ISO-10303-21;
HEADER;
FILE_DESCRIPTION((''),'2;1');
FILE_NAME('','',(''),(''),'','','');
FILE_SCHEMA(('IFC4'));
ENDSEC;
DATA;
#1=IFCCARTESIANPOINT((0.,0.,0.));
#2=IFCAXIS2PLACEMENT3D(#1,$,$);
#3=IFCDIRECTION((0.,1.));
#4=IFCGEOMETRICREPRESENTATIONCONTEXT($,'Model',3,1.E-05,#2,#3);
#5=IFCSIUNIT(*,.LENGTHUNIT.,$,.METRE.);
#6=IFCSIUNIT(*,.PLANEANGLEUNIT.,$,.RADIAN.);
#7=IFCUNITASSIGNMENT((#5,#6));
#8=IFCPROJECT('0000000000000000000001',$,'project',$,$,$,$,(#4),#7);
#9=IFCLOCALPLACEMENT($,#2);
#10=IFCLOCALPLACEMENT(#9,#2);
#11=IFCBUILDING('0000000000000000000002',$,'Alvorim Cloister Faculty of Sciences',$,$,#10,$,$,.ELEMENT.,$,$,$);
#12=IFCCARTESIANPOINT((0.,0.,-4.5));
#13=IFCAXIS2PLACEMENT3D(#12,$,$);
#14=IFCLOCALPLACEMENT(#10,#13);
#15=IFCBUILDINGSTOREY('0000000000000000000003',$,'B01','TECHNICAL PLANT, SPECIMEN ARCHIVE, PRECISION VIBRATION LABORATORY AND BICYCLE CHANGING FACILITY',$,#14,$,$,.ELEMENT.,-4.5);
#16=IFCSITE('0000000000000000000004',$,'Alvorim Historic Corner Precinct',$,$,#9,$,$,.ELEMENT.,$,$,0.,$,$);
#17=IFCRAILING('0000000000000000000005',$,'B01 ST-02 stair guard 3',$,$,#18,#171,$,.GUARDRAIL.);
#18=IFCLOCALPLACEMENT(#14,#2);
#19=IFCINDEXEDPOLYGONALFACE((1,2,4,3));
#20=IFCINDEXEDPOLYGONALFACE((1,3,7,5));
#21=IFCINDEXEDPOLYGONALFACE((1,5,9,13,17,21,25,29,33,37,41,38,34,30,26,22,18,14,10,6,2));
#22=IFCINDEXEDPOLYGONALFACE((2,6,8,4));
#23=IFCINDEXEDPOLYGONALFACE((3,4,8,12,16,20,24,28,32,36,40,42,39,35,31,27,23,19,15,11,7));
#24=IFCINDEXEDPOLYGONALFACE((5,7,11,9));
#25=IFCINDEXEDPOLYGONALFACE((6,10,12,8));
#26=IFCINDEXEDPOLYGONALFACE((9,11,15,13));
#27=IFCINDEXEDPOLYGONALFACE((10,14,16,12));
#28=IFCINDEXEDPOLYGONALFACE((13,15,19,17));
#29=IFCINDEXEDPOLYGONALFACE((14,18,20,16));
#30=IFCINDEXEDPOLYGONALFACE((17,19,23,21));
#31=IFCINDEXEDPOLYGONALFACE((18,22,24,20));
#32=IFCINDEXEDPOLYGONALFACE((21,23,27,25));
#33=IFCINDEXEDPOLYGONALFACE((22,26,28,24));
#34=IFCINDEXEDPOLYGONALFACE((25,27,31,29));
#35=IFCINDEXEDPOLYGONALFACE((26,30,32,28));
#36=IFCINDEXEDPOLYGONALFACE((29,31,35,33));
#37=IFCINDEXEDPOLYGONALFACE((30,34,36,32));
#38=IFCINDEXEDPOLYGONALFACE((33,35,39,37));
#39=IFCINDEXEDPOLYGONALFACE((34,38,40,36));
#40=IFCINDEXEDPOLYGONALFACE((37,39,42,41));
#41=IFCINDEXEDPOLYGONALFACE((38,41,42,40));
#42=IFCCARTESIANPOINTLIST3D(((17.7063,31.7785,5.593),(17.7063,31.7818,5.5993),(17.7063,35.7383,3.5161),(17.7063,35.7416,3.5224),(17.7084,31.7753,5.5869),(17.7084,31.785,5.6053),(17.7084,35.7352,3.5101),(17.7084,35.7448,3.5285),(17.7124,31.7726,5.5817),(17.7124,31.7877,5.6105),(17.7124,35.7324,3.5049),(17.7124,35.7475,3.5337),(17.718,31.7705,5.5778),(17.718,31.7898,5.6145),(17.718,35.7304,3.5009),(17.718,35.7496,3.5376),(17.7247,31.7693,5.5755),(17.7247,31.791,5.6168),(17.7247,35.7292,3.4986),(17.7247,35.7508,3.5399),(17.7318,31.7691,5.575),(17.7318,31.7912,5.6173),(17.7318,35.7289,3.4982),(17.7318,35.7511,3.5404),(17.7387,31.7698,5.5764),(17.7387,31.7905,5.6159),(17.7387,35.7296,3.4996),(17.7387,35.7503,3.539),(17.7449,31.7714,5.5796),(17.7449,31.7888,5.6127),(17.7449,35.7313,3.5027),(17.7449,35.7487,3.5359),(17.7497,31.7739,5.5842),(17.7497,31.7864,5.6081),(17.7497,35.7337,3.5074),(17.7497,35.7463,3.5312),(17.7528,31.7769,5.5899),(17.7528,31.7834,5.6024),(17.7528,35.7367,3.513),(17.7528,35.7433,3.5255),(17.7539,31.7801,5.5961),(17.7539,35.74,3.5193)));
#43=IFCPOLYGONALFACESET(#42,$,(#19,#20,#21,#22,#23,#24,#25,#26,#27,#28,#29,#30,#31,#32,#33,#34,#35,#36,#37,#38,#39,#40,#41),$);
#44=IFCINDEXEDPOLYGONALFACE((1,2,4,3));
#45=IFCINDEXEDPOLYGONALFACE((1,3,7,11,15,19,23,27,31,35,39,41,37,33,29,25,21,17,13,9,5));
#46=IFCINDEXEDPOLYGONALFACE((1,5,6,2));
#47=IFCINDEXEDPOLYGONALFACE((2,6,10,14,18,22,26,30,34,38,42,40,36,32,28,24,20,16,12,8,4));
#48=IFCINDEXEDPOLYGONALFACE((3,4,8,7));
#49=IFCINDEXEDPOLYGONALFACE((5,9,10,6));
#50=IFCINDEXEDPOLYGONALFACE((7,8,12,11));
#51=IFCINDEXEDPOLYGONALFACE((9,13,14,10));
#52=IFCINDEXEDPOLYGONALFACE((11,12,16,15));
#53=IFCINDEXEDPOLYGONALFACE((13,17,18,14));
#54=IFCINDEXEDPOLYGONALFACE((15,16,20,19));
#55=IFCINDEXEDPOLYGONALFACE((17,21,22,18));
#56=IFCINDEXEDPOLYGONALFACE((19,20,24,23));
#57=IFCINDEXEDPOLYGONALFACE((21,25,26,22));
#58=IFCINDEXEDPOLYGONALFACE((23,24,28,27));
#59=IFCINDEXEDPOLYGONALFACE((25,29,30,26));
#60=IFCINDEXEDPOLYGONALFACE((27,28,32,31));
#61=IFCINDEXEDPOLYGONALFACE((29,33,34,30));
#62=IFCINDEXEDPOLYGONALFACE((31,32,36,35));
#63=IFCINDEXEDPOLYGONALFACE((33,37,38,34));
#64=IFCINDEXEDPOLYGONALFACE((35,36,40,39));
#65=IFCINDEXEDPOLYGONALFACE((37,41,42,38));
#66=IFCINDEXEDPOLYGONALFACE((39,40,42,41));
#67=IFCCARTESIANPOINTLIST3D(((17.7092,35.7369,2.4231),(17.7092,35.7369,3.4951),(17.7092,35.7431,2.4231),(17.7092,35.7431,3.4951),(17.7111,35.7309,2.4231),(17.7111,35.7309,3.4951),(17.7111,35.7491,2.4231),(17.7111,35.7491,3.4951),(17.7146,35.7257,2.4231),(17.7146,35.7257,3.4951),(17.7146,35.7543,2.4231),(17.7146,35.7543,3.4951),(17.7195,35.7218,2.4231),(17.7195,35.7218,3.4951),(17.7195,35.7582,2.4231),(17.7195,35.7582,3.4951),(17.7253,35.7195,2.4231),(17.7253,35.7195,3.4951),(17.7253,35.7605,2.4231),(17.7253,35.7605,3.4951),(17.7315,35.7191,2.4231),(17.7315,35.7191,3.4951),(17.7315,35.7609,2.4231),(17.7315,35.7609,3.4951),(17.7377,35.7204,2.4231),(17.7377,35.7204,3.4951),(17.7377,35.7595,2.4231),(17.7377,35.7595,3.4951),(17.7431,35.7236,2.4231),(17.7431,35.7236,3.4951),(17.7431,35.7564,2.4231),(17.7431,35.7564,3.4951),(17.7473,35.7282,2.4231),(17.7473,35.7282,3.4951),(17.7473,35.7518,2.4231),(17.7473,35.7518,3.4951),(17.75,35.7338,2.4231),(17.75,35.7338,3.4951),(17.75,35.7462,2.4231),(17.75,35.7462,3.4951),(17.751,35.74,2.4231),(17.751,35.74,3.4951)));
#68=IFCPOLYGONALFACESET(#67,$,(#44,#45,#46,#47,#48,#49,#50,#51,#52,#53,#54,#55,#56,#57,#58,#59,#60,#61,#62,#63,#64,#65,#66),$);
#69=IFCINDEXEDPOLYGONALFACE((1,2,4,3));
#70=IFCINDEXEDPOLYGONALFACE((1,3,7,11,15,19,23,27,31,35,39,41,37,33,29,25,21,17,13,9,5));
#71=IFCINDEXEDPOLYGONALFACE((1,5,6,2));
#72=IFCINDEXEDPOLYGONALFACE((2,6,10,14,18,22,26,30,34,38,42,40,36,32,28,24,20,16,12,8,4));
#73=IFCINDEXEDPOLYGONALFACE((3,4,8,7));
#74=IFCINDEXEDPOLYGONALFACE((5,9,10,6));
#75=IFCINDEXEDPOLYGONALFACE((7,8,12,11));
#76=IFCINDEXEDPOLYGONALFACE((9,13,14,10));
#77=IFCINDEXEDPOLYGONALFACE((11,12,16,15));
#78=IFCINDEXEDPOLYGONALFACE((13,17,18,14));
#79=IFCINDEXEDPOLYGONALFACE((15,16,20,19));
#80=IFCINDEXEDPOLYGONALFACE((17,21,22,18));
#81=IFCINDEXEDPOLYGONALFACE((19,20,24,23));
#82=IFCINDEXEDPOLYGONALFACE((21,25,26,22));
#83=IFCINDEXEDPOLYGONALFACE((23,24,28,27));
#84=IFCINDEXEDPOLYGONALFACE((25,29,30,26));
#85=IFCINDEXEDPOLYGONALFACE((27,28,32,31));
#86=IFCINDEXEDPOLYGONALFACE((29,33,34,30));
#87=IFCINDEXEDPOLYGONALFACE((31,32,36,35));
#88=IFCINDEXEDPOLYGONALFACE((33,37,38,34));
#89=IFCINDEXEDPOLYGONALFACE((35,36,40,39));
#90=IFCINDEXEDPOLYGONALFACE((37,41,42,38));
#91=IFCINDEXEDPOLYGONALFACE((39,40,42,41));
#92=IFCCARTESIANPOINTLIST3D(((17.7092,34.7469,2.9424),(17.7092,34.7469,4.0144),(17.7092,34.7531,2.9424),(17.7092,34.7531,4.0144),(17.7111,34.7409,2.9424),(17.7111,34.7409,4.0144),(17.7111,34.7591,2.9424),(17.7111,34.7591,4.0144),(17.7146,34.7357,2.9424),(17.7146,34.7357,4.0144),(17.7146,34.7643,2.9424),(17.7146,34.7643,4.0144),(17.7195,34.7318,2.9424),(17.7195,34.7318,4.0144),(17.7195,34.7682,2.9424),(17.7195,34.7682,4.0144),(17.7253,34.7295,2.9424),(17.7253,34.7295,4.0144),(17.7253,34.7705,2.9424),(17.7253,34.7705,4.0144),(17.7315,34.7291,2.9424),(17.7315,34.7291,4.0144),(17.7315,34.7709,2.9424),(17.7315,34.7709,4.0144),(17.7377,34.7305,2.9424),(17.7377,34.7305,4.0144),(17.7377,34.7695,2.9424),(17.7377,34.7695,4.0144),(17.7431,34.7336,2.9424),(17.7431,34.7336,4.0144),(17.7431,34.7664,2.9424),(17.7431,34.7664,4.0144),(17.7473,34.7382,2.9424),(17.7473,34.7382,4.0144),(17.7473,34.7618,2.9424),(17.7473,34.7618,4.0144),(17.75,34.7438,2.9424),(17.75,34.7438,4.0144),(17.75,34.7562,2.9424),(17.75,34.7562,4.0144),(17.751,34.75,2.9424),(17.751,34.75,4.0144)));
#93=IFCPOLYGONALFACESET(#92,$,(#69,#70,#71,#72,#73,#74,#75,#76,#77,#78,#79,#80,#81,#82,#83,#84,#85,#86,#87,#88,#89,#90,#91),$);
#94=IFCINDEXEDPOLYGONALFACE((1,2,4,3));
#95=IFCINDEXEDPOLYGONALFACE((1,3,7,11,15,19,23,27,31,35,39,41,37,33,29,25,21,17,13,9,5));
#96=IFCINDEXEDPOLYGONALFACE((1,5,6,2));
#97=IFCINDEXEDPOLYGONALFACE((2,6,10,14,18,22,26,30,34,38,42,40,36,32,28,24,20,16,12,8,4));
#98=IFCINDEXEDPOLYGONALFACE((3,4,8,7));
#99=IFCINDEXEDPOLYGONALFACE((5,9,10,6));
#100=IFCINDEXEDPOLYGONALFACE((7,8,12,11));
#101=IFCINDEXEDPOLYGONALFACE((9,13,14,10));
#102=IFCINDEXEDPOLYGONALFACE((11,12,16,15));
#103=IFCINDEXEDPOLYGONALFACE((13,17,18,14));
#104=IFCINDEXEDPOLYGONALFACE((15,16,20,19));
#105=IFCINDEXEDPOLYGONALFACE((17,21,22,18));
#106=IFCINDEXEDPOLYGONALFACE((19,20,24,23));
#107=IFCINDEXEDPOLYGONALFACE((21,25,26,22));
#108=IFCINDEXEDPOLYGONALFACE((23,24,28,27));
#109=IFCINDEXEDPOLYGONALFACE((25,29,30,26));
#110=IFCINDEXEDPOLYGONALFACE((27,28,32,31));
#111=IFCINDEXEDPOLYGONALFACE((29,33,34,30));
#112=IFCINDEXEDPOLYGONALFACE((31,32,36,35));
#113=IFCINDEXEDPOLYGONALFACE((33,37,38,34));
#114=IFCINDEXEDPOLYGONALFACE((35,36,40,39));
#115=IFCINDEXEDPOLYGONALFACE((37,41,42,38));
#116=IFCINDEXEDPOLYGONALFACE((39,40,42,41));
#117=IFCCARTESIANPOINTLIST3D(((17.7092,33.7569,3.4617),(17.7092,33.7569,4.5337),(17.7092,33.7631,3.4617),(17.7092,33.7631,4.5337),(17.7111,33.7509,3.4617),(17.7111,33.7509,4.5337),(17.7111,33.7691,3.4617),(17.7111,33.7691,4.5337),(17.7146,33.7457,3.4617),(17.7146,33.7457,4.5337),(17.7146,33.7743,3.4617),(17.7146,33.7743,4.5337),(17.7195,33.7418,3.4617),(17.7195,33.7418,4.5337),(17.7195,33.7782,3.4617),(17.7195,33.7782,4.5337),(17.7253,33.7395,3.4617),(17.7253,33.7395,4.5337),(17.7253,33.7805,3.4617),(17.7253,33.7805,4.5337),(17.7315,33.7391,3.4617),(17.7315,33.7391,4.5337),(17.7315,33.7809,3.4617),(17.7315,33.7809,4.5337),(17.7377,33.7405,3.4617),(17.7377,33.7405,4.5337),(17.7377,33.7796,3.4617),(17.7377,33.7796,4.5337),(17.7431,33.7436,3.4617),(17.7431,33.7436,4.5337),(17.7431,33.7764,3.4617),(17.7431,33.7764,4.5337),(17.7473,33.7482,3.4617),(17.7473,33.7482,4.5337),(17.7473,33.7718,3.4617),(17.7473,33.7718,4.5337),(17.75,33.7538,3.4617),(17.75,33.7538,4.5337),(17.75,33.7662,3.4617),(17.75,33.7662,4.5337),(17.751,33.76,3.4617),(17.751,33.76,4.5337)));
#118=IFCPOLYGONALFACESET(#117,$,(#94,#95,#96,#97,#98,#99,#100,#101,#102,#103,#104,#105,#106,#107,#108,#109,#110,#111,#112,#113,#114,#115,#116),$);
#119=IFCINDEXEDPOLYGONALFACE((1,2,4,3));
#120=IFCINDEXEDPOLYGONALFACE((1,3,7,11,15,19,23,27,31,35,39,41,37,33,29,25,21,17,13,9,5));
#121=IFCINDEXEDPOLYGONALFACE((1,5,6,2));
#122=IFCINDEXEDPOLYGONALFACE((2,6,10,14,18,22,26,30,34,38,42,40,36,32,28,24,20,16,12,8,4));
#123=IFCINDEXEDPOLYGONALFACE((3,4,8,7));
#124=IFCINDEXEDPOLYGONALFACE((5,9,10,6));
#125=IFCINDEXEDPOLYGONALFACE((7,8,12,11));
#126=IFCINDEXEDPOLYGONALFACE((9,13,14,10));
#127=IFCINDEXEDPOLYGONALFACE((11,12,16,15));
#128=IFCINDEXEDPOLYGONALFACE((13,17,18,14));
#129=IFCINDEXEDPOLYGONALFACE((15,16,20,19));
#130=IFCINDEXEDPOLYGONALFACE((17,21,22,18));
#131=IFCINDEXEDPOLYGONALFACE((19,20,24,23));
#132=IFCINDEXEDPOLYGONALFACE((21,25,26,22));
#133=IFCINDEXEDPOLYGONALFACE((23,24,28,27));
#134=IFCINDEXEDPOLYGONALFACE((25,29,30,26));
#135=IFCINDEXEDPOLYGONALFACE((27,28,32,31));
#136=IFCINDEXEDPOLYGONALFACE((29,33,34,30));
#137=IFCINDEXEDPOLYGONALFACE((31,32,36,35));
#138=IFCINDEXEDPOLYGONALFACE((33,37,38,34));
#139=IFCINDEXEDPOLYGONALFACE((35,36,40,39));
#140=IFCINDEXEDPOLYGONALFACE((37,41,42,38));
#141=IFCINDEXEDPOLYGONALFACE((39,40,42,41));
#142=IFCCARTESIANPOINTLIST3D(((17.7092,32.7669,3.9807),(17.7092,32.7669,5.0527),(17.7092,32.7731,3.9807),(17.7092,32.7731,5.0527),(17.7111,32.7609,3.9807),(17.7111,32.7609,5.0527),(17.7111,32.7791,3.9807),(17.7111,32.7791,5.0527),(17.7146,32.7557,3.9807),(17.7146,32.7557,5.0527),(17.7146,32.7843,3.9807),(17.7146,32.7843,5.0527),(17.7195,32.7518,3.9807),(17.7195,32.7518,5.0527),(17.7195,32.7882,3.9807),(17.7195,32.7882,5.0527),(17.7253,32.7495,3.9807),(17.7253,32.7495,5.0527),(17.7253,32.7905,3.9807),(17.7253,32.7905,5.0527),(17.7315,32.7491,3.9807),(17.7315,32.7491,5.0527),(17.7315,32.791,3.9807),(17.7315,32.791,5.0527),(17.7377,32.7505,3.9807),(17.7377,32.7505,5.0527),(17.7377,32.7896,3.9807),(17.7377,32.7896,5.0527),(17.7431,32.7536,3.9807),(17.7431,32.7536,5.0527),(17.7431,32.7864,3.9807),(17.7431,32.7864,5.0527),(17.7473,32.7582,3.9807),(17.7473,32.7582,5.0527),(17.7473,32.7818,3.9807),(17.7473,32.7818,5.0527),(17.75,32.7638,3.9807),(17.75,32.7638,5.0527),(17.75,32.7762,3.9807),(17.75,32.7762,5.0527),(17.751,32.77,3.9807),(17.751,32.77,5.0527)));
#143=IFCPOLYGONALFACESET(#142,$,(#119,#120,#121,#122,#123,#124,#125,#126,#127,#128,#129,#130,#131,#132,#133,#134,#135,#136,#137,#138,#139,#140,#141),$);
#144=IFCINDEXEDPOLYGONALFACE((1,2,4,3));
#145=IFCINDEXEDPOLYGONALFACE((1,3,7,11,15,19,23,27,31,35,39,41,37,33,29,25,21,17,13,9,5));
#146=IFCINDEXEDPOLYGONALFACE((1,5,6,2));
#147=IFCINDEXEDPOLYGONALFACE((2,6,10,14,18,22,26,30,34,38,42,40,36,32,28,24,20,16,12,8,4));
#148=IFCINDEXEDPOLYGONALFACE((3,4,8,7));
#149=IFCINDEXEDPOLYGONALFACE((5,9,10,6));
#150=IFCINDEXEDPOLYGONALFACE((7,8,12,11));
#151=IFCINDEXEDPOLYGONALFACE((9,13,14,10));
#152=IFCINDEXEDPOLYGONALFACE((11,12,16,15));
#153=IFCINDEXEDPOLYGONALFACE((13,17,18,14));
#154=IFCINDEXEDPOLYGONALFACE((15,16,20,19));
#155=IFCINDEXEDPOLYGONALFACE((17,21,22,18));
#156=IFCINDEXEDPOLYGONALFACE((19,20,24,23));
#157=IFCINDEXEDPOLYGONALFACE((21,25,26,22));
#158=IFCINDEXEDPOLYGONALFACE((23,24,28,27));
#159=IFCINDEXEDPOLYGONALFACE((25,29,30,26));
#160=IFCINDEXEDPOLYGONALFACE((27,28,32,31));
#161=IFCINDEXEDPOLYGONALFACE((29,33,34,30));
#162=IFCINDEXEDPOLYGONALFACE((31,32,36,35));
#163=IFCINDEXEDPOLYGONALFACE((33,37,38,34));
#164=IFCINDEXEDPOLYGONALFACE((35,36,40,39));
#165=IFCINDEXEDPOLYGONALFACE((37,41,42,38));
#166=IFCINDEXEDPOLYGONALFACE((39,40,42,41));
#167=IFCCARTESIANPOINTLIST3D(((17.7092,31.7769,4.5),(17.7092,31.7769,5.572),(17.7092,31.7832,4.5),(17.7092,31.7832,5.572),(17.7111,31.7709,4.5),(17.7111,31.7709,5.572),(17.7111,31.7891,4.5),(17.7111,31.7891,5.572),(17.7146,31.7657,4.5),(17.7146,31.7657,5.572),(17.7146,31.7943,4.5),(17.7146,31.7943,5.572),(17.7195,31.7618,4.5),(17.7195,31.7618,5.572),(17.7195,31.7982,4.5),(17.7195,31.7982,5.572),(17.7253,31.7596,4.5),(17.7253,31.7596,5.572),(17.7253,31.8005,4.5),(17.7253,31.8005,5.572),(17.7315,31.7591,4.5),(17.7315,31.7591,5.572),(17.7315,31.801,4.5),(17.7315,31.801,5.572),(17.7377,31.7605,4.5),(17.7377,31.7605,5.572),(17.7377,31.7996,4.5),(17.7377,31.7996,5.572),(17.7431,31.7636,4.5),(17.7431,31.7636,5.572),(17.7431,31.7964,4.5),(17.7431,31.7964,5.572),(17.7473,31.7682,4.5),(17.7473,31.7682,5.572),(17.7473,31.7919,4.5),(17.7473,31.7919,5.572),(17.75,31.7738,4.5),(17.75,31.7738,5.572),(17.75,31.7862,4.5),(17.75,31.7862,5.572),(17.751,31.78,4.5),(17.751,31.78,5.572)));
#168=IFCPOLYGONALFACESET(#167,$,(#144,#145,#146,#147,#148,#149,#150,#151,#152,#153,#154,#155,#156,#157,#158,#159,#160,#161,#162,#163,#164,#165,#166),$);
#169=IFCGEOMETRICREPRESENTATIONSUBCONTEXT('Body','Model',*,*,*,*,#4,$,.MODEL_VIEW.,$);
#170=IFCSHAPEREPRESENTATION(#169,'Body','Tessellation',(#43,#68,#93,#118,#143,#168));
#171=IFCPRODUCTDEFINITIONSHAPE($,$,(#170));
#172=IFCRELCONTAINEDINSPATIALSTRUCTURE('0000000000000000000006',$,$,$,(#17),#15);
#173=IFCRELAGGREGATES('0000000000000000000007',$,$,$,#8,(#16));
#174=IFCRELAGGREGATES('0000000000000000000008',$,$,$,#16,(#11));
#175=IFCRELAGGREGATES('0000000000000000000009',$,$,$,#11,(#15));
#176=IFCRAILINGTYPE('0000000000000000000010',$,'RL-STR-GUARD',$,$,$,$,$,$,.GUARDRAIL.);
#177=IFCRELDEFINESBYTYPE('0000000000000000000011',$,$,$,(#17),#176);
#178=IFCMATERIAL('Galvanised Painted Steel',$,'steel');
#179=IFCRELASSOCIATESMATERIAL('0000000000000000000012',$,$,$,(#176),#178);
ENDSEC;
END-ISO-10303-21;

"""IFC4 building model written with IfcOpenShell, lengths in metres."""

from ifc_helpers import new_model, si_unit, direction, frame, origin, origin_2d, place, context, subcontext, project, spatial, circle, extrude, material, type_object, element, save


model = new_model("IFC4")

# Units and contexts
model_context = context("Model", 3, precision=1e-05, world=origin(), true_north=direction((0.0, 1.0)))
body_context = subcontext(model_context, "Body", "Model", "MODEL_VIEW")
ifc_project = project(units=[si_unit("LENGTHUNIT", "METRE"), si_unit("PLANEANGLEUNIT", "RADIAN")], contexts=[model_context])

# Site, building, storey
site_placement = place(None, origin())
site = spatial("IfcSite", under=ifc_project, at=site_placement, Name="Alvorim Historic Corner Precinct", CompositionType="ELEMENT", RefElevation=0.0)
building_placement = place(site_placement, origin())
building = spatial("IfcBuilding", under=site, at=building_placement, Name="Alvorim Cloister Faculty of Sciences", CompositionType="ELEMENT")
storey_placement = place(building_placement, frame((0.0, 0.0, -4.5)))
storey = spatial("IfcBuildingStorey", under=building, at=storey_placement, Name="B01", Description="TECHNICAL PLANT, SPECIMEN ARCHIVE, PRECISION VIBRATION LABORATORY AND BICYCLE CHANGING FACILITY", CompositionType="ELEMENT", Elevation=-4.5)

# Railing
ifc_material_1 = material(Name="Galvanised Painted Steel", Category="steel")
railing_type_1 = type_object("IfcRailingType", Name="RL-STR-GUARD", PredefinedType="GUARDRAIL", material=ifc_material_1)
railing_1_placement = place(storey_placement, frame((17.73, 35.74, 2.4231)))
element("IfcRailing", 1, at=railing_1_placement, inside=storey, type_object=railing_type_1, Name="B01 ST-02 stair guard 3", PredefinedType="GUARDRAIL", context=body_context, shape_type="SweptSolid", body=[
    extrude(circle(Radius=0.0239, at=origin_2d()), frame((0.0, 0.0, 1.0962), z_axis=(0.0, -0.885589, 0.46447), x_axis=(1.0, 0.0, 0.0)), (0.0, 0.0, 1.0), 4.4714),
    extrude(circle(Radius=0.021, at=origin_2d()), origin(), (0.0, 0.0, 1.0), 1.072),
    extrude(circle(Radius=0.021, at=origin_2d()), frame((0.0, -0.99, 0.5193)), (0.0, 0.0, 1.0), 1.072),
    extrude(circle(Radius=0.021, at=origin_2d()), frame((0.0, -1.98, 1.0386)), (0.0, 0.0, 1.0), 1.072),
    extrude(circle(Radius=0.021, at=origin_2d()), frame((0.0, -2.97, 1.5576)), (0.0, 0.0, 1.0), 1.072),
    extrude(circle(Radius=0.021, at=origin_2d()), frame((0.0, -3.96, 2.0769)), (0.0, 0.0, 1.0), 1.072),
])

save(model, "model.ifc")
